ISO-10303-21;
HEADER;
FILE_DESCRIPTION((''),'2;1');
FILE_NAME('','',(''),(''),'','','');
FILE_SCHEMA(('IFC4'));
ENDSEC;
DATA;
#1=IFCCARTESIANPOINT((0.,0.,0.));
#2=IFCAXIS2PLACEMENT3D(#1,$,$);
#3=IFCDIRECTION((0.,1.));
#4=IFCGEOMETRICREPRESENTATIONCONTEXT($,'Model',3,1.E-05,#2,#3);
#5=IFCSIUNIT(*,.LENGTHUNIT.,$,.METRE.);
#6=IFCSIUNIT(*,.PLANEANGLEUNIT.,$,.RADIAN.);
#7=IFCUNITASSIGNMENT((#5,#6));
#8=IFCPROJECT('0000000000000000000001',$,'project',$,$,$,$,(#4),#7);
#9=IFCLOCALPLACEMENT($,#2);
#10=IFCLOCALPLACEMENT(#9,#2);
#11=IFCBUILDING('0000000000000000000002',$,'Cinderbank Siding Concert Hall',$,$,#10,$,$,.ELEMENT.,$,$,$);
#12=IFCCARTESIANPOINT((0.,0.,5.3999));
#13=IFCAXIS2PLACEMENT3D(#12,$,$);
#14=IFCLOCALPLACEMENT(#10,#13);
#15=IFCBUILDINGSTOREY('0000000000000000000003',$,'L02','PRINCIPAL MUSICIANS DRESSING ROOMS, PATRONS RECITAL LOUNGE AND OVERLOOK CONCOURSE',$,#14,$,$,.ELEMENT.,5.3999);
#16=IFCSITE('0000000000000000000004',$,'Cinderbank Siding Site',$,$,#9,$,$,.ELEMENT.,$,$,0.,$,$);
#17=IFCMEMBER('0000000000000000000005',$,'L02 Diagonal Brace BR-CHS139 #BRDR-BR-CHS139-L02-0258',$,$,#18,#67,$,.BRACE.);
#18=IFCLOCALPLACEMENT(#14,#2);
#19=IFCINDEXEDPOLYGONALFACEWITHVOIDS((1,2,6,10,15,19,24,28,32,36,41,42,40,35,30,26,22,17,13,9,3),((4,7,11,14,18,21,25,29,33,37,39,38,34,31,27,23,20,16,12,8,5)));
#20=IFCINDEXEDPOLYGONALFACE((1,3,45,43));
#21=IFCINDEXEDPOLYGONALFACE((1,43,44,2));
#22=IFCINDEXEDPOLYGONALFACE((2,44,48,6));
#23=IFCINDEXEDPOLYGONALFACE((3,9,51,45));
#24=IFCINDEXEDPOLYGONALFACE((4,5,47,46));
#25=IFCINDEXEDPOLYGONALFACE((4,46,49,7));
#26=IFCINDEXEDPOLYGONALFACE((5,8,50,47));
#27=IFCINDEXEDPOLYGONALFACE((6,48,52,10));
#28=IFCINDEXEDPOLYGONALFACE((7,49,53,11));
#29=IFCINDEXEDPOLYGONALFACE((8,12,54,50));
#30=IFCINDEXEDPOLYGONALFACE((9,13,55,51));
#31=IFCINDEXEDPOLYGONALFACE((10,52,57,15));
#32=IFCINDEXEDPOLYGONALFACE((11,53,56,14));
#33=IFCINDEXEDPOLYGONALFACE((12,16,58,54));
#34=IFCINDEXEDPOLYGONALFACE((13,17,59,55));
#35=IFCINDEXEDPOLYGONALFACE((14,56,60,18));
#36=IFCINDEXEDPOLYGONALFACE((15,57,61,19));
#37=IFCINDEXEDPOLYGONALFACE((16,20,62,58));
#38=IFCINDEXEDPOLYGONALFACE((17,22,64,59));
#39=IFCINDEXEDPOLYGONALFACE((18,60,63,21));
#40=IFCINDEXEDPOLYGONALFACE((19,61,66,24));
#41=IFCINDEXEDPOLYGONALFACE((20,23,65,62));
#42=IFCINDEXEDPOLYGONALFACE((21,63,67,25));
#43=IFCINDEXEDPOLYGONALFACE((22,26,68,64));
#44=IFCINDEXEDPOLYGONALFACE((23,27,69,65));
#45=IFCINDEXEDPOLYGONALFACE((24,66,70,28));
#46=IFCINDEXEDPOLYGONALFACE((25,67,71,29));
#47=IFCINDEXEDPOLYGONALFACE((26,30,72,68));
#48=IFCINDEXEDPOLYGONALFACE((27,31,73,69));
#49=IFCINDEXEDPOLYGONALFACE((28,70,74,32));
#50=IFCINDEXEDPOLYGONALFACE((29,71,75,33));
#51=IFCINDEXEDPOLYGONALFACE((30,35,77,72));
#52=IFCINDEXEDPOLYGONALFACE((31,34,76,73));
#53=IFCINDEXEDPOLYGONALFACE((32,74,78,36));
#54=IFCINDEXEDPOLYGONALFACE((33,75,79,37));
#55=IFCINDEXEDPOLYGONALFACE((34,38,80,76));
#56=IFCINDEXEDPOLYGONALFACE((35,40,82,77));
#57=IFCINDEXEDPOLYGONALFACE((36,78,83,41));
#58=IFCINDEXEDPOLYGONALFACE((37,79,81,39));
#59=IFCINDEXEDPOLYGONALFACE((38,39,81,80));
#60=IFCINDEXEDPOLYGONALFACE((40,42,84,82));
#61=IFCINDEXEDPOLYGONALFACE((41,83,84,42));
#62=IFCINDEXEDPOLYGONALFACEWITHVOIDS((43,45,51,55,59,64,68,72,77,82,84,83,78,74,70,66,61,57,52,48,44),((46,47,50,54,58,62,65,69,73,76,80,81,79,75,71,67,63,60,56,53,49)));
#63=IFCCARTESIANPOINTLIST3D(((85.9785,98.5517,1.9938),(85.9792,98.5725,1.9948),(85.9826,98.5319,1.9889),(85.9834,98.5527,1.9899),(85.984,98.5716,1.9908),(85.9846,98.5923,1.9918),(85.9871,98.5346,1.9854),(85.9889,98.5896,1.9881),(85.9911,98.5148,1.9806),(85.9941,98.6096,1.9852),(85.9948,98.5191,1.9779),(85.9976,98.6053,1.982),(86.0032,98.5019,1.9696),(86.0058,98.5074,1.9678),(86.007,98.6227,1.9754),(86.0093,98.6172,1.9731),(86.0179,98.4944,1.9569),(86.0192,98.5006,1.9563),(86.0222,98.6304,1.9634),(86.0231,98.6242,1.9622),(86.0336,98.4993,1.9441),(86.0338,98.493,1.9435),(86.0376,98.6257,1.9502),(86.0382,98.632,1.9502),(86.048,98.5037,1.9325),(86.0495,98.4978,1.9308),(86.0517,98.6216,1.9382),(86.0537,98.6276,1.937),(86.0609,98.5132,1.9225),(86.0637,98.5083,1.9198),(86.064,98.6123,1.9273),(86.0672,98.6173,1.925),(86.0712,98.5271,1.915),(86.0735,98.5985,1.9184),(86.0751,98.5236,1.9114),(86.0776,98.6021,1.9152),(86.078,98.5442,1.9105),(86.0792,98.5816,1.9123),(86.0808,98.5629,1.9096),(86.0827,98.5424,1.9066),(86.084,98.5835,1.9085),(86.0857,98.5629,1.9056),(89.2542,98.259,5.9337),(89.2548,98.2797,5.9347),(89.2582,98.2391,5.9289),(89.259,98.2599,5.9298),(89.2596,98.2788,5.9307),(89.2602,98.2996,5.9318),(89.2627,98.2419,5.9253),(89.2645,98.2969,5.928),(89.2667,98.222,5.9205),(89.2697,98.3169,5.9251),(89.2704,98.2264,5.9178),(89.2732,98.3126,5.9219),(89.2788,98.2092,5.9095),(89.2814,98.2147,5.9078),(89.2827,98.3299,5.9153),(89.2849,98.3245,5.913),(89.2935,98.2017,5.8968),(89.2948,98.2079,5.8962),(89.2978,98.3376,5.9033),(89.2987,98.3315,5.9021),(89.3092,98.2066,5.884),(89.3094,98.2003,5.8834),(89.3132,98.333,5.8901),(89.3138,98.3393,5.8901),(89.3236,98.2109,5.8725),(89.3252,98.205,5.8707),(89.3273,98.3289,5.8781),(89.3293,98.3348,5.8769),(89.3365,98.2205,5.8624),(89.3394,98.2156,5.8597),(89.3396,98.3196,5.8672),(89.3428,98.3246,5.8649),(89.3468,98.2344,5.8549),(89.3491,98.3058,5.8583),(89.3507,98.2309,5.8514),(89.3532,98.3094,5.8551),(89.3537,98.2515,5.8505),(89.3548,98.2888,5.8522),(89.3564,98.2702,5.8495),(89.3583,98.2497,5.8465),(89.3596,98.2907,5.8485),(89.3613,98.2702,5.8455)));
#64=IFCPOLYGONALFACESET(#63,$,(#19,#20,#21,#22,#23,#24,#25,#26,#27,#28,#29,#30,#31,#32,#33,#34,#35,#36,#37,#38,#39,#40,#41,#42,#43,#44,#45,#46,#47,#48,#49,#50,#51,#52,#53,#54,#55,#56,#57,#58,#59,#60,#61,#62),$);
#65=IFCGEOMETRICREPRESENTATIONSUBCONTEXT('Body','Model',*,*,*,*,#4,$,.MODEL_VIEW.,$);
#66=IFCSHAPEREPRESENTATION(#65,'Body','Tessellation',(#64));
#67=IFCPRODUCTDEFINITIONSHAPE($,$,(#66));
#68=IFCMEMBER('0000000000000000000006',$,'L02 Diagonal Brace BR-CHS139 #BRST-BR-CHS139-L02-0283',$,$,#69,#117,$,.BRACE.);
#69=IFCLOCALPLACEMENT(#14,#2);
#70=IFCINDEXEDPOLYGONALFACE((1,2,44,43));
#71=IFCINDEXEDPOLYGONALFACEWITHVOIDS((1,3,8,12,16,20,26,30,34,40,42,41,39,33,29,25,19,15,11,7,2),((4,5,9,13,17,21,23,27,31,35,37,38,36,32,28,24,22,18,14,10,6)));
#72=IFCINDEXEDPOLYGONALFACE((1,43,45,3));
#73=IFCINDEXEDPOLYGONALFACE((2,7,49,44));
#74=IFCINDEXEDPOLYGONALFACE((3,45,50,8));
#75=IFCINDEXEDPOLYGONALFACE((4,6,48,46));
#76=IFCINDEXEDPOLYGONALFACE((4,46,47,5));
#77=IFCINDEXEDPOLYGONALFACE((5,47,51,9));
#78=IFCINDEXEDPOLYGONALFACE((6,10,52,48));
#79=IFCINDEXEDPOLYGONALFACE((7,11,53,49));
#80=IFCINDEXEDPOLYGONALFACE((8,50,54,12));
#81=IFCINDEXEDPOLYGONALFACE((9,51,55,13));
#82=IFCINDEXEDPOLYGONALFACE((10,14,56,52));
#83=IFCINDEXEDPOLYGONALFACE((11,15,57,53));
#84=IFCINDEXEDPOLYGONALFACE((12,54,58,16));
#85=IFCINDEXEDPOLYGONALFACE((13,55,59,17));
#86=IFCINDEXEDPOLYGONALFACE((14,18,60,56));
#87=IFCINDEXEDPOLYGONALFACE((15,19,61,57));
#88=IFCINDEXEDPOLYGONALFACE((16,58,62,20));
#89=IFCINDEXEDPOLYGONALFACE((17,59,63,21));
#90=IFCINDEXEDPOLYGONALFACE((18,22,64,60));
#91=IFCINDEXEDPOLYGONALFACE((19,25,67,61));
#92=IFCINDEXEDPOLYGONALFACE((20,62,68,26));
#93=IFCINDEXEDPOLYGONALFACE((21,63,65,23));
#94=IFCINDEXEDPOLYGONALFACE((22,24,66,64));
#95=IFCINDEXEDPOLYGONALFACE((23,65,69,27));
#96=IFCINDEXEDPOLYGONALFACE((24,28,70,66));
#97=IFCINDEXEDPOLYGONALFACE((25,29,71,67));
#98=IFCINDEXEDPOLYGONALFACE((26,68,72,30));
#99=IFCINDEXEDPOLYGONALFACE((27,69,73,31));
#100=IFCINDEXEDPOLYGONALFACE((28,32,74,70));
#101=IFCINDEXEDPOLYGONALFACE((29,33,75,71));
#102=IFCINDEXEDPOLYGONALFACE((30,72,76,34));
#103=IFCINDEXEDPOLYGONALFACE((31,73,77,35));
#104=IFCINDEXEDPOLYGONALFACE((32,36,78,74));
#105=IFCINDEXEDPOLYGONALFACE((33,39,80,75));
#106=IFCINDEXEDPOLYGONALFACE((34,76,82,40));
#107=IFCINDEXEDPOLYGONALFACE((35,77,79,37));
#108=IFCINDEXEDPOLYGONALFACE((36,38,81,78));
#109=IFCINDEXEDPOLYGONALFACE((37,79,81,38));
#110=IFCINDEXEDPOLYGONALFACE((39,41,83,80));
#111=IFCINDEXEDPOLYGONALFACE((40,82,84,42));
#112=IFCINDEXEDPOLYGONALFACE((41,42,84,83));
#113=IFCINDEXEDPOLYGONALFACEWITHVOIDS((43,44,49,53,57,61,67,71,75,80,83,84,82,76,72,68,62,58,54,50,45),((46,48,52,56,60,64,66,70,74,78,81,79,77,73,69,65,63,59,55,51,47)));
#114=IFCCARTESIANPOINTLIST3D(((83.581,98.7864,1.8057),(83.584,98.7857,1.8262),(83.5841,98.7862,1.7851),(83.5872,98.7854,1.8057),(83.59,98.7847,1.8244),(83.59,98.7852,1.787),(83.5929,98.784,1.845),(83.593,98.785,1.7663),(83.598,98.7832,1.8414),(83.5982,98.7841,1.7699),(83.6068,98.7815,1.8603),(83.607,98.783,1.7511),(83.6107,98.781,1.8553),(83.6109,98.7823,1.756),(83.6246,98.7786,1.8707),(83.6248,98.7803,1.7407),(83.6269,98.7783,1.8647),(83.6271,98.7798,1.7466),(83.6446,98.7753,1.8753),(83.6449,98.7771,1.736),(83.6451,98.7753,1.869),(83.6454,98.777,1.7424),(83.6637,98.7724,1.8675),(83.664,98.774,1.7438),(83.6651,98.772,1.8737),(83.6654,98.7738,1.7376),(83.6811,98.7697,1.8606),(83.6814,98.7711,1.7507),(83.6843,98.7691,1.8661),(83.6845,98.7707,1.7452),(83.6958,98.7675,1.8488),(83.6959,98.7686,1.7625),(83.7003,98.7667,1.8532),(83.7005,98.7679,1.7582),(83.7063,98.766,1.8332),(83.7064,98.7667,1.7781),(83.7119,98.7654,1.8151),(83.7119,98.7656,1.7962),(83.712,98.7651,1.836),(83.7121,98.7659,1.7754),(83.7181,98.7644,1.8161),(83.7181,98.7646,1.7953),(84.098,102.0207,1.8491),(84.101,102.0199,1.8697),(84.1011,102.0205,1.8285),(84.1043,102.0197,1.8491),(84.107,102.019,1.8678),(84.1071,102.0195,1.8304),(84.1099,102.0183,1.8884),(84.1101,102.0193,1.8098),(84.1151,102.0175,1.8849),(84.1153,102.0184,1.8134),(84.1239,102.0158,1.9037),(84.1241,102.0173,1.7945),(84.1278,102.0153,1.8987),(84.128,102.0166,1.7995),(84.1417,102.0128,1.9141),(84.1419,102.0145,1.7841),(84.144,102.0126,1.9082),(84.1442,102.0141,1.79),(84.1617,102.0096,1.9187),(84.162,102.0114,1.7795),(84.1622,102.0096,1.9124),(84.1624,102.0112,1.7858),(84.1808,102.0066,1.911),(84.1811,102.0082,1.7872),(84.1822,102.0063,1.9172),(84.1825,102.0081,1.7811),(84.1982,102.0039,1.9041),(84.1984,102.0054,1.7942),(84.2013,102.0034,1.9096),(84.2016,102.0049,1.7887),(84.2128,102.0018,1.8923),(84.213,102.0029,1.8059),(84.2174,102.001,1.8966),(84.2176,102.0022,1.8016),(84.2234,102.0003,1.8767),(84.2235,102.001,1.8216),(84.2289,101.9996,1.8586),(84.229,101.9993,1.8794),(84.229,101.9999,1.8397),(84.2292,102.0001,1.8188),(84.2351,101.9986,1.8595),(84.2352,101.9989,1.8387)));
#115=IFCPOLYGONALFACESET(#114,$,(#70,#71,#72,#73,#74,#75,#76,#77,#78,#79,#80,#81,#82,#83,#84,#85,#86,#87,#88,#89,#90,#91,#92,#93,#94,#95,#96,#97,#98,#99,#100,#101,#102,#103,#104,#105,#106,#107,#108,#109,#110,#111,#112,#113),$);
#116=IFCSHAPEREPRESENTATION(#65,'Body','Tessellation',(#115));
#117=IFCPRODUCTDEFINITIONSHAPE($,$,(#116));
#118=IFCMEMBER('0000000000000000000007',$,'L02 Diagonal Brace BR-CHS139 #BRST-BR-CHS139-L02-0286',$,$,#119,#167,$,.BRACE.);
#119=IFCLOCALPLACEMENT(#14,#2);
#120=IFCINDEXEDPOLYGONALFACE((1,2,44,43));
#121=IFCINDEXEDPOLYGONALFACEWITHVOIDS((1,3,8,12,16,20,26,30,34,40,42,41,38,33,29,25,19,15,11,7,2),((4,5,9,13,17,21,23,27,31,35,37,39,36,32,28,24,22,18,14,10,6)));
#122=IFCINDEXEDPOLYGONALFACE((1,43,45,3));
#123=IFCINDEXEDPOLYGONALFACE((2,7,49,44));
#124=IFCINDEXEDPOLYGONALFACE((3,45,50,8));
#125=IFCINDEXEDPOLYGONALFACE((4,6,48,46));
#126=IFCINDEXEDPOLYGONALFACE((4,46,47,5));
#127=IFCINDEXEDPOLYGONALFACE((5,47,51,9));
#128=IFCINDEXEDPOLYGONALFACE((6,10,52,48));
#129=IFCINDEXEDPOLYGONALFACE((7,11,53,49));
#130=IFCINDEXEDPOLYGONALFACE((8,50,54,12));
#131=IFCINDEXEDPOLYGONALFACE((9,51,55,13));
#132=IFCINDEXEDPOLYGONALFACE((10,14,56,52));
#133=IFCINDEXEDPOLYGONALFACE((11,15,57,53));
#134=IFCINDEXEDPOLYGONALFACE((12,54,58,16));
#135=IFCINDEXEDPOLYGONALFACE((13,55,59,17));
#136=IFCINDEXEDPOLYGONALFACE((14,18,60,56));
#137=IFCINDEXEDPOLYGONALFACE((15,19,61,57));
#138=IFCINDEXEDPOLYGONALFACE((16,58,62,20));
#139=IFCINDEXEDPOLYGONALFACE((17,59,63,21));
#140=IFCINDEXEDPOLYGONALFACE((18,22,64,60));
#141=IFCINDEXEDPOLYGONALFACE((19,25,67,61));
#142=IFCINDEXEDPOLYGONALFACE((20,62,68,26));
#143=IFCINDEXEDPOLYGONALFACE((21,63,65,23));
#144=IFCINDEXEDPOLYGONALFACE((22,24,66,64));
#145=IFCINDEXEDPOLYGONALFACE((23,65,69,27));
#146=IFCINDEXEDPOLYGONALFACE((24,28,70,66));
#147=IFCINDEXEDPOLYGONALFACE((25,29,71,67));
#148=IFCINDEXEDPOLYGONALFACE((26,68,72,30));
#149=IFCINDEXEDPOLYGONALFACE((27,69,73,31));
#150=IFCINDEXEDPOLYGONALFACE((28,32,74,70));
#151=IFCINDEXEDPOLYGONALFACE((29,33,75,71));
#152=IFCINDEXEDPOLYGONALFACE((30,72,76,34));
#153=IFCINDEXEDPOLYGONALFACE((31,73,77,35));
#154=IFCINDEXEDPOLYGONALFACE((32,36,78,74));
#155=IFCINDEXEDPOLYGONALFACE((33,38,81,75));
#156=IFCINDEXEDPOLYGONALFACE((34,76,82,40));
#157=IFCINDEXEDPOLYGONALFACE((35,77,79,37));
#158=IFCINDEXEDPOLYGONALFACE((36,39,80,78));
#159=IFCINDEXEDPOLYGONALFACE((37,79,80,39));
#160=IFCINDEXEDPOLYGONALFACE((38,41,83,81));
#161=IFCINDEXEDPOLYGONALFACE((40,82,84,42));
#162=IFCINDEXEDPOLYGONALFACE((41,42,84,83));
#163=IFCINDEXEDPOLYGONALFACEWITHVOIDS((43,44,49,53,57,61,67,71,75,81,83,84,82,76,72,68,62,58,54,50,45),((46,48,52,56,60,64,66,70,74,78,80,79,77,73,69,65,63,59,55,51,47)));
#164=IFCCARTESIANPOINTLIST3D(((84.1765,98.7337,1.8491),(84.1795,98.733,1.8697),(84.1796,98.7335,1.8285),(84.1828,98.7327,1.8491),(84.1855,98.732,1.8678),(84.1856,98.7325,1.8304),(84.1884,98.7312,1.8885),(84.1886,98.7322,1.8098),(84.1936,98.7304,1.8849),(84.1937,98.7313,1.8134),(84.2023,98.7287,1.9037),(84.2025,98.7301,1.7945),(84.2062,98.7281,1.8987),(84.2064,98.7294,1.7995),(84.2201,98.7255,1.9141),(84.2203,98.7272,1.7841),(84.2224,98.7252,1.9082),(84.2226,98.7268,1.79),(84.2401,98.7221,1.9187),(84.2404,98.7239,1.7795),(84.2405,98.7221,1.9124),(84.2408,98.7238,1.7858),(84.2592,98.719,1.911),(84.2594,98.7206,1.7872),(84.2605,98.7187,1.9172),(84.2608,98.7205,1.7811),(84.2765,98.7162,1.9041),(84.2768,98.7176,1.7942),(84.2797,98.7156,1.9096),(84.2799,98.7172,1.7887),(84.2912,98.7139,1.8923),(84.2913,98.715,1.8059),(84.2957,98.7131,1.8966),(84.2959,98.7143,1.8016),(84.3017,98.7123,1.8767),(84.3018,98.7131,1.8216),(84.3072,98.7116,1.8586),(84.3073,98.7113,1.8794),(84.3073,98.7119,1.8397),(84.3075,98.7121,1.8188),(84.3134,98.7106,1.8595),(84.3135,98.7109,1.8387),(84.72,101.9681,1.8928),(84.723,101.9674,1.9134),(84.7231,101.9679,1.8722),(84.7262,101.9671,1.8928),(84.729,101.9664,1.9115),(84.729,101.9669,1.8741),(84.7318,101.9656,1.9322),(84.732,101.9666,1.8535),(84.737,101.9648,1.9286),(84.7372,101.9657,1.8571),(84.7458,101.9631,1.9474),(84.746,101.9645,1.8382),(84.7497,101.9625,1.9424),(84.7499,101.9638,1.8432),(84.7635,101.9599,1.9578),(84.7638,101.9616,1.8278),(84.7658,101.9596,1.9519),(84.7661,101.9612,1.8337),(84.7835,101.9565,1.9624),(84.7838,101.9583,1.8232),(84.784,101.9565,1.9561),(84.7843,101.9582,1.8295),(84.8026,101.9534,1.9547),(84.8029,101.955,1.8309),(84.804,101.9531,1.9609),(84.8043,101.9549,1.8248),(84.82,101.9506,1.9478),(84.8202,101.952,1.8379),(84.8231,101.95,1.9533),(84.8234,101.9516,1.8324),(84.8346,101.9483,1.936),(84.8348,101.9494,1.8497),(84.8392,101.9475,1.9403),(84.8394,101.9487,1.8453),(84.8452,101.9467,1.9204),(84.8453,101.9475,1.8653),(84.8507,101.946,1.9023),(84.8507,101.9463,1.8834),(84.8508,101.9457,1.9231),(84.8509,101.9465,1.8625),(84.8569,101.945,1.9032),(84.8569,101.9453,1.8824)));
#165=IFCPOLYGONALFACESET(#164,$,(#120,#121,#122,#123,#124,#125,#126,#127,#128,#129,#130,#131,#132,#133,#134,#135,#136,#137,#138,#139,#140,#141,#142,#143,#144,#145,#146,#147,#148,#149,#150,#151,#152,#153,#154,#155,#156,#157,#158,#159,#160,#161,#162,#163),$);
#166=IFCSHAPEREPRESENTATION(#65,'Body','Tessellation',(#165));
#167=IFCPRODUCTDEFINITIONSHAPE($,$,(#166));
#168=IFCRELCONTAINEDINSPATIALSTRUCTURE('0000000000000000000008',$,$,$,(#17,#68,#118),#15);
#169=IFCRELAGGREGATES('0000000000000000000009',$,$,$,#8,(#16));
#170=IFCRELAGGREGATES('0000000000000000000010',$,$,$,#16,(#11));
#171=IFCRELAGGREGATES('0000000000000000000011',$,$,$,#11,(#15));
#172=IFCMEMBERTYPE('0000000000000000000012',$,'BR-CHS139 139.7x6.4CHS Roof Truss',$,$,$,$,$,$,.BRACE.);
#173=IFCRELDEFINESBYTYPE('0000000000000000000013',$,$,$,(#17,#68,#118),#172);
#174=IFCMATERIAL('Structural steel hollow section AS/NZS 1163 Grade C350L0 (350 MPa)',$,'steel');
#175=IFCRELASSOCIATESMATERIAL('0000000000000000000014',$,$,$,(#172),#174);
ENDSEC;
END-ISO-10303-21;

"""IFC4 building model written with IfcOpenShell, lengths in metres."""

from ifc_helpers import new_model, si_unit, direction, frame, origin, origin_2d, place, context, subcontext, project, spatial, hollow_circle, extrude, material, material_profile, profile_set, type_object, element, save


model = new_model("IFC4")

# Units and contexts
model_context = context("Model", 3, precision=1e-05, world=origin(), true_north=direction((0.0, 1.0)))
body_context = subcontext(model_context, "Body", "Model", "MODEL_VIEW")
ifc_project = project(units=[si_unit("LENGTHUNIT", "METRE"), si_unit("PLANEANGLEUNIT", "RADIAN")], contexts=[model_context])

# Site, building, storey
site_placement = place(None, origin())
site = spatial("IfcSite", under=ifc_project, at=site_placement, Name="Cinderbank Siding Site", CompositionType="ELEMENT", RefElevation=0.0)
building_placement = place(site_placement, origin())
building = spatial("IfcBuilding", under=site, at=building_placement, Name="Cinderbank Siding Concert Hall", CompositionType="ELEMENT")
storey_placement = place(building_placement, frame((0.0, 0.0, 5.3999)))
storey = spatial("IfcBuildingStorey", under=building, at=storey_placement, Name="L02", Description="PRINCIPAL MUSICIANS DRESSING ROOMS, PATRONS RECITAL LOUNGE AND OVERLOOK CONCOURSE", CompositionType="ELEMENT", Elevation=5.3999)

# Members
ifc_material_1 = material(Name="Structural steel hollow section AS/NZS 1163 Grade C350L0 (350 MPa)", Category="steel")
ifc_material_profile_1 = material_profile(ifc_material_1, hollow_circle(Radius=0.0698, WallThickness=0.0063, at=origin_2d()), Name="139.7x6.4CHS", Category="LoadBearing")
ifc_profile_set_1 = profile_set([ifc_material_profile_1], Name="Structural steel hollow section AS/NZS 1163 Grade C350L0 (350 MPa)")
member_type_1 = type_object("IfcMemberType", Name="BR-CHS139 139.7x6.4CHS Roof Truss", PredefinedType="BRACE", material=ifc_profile_set_1)
member_1_placement = place(storey_placement, frame((86.032, 98.5625, 1.9502), z_axis=(0.638262, -0.057038, 0.767703), x_axis=(0.08901, 0.996031, 0.0)))
element("IfcMember", 1, at=member_1_placement, inside=storey, type_object=member_type_1, Name="L02 Diagonal Brace BR-CHS139 #BRDR-BR-CHS139-L02-0258", PredefinedType="BRACE", context=body_context, shape_type="SweptSolid", body=[
    extrude(hollow_circle(Radius=0.0698, WallThickness=0.0063, at=origin_2d()), origin(), (0.0, 0.0, 1.0), 5.1321),
])
member_2_placement = place(storey_placement, frame((83.6499, 98.7754, 1.8057), z_axis=(0.157855, 0.987373, 0.013266), x_axis=(-0.98746, 0.157868, 0.0)))
element("IfcMember", 2, at=member_2_placement, inside=storey, type_object=member_type_1, Name="L02 Diagonal Brace BR-CHS139 #BRST-BR-CHS139-L02-0283", PredefinedType="BRACE", context=body_context, shape_type="SweptSolid", body=[
    extrude(hollow_circle(Radius=0.0698, WallThickness=0.0063, at=origin_2d()), origin(), (0.0, 0.0, 1.0), 3.2756),
])
member_3_placement = place(storey_placement, frame((84.2454, 98.7222, 1.8491), z_axis=(0.165688, 0.986088, 0.013324), x_axis=(-0.986176, 0.165703, 0.0)))
element("IfcMember", 3, at=member_3_placement, inside=storey, type_object=member_type_1, Name="L02 Diagonal Brace BR-CHS139 #BRST-BR-CHS139-L02-0286", PredefinedType="BRACE", context=body_context, shape_type="SweptSolid", body=[
    extrude(hollow_circle(Radius=0.0698, WallThickness=0.0063, at=origin_2d()), origin(), (0.0, 0.0, 1.0), 3.28),
])

save(model, "model.ifc")
